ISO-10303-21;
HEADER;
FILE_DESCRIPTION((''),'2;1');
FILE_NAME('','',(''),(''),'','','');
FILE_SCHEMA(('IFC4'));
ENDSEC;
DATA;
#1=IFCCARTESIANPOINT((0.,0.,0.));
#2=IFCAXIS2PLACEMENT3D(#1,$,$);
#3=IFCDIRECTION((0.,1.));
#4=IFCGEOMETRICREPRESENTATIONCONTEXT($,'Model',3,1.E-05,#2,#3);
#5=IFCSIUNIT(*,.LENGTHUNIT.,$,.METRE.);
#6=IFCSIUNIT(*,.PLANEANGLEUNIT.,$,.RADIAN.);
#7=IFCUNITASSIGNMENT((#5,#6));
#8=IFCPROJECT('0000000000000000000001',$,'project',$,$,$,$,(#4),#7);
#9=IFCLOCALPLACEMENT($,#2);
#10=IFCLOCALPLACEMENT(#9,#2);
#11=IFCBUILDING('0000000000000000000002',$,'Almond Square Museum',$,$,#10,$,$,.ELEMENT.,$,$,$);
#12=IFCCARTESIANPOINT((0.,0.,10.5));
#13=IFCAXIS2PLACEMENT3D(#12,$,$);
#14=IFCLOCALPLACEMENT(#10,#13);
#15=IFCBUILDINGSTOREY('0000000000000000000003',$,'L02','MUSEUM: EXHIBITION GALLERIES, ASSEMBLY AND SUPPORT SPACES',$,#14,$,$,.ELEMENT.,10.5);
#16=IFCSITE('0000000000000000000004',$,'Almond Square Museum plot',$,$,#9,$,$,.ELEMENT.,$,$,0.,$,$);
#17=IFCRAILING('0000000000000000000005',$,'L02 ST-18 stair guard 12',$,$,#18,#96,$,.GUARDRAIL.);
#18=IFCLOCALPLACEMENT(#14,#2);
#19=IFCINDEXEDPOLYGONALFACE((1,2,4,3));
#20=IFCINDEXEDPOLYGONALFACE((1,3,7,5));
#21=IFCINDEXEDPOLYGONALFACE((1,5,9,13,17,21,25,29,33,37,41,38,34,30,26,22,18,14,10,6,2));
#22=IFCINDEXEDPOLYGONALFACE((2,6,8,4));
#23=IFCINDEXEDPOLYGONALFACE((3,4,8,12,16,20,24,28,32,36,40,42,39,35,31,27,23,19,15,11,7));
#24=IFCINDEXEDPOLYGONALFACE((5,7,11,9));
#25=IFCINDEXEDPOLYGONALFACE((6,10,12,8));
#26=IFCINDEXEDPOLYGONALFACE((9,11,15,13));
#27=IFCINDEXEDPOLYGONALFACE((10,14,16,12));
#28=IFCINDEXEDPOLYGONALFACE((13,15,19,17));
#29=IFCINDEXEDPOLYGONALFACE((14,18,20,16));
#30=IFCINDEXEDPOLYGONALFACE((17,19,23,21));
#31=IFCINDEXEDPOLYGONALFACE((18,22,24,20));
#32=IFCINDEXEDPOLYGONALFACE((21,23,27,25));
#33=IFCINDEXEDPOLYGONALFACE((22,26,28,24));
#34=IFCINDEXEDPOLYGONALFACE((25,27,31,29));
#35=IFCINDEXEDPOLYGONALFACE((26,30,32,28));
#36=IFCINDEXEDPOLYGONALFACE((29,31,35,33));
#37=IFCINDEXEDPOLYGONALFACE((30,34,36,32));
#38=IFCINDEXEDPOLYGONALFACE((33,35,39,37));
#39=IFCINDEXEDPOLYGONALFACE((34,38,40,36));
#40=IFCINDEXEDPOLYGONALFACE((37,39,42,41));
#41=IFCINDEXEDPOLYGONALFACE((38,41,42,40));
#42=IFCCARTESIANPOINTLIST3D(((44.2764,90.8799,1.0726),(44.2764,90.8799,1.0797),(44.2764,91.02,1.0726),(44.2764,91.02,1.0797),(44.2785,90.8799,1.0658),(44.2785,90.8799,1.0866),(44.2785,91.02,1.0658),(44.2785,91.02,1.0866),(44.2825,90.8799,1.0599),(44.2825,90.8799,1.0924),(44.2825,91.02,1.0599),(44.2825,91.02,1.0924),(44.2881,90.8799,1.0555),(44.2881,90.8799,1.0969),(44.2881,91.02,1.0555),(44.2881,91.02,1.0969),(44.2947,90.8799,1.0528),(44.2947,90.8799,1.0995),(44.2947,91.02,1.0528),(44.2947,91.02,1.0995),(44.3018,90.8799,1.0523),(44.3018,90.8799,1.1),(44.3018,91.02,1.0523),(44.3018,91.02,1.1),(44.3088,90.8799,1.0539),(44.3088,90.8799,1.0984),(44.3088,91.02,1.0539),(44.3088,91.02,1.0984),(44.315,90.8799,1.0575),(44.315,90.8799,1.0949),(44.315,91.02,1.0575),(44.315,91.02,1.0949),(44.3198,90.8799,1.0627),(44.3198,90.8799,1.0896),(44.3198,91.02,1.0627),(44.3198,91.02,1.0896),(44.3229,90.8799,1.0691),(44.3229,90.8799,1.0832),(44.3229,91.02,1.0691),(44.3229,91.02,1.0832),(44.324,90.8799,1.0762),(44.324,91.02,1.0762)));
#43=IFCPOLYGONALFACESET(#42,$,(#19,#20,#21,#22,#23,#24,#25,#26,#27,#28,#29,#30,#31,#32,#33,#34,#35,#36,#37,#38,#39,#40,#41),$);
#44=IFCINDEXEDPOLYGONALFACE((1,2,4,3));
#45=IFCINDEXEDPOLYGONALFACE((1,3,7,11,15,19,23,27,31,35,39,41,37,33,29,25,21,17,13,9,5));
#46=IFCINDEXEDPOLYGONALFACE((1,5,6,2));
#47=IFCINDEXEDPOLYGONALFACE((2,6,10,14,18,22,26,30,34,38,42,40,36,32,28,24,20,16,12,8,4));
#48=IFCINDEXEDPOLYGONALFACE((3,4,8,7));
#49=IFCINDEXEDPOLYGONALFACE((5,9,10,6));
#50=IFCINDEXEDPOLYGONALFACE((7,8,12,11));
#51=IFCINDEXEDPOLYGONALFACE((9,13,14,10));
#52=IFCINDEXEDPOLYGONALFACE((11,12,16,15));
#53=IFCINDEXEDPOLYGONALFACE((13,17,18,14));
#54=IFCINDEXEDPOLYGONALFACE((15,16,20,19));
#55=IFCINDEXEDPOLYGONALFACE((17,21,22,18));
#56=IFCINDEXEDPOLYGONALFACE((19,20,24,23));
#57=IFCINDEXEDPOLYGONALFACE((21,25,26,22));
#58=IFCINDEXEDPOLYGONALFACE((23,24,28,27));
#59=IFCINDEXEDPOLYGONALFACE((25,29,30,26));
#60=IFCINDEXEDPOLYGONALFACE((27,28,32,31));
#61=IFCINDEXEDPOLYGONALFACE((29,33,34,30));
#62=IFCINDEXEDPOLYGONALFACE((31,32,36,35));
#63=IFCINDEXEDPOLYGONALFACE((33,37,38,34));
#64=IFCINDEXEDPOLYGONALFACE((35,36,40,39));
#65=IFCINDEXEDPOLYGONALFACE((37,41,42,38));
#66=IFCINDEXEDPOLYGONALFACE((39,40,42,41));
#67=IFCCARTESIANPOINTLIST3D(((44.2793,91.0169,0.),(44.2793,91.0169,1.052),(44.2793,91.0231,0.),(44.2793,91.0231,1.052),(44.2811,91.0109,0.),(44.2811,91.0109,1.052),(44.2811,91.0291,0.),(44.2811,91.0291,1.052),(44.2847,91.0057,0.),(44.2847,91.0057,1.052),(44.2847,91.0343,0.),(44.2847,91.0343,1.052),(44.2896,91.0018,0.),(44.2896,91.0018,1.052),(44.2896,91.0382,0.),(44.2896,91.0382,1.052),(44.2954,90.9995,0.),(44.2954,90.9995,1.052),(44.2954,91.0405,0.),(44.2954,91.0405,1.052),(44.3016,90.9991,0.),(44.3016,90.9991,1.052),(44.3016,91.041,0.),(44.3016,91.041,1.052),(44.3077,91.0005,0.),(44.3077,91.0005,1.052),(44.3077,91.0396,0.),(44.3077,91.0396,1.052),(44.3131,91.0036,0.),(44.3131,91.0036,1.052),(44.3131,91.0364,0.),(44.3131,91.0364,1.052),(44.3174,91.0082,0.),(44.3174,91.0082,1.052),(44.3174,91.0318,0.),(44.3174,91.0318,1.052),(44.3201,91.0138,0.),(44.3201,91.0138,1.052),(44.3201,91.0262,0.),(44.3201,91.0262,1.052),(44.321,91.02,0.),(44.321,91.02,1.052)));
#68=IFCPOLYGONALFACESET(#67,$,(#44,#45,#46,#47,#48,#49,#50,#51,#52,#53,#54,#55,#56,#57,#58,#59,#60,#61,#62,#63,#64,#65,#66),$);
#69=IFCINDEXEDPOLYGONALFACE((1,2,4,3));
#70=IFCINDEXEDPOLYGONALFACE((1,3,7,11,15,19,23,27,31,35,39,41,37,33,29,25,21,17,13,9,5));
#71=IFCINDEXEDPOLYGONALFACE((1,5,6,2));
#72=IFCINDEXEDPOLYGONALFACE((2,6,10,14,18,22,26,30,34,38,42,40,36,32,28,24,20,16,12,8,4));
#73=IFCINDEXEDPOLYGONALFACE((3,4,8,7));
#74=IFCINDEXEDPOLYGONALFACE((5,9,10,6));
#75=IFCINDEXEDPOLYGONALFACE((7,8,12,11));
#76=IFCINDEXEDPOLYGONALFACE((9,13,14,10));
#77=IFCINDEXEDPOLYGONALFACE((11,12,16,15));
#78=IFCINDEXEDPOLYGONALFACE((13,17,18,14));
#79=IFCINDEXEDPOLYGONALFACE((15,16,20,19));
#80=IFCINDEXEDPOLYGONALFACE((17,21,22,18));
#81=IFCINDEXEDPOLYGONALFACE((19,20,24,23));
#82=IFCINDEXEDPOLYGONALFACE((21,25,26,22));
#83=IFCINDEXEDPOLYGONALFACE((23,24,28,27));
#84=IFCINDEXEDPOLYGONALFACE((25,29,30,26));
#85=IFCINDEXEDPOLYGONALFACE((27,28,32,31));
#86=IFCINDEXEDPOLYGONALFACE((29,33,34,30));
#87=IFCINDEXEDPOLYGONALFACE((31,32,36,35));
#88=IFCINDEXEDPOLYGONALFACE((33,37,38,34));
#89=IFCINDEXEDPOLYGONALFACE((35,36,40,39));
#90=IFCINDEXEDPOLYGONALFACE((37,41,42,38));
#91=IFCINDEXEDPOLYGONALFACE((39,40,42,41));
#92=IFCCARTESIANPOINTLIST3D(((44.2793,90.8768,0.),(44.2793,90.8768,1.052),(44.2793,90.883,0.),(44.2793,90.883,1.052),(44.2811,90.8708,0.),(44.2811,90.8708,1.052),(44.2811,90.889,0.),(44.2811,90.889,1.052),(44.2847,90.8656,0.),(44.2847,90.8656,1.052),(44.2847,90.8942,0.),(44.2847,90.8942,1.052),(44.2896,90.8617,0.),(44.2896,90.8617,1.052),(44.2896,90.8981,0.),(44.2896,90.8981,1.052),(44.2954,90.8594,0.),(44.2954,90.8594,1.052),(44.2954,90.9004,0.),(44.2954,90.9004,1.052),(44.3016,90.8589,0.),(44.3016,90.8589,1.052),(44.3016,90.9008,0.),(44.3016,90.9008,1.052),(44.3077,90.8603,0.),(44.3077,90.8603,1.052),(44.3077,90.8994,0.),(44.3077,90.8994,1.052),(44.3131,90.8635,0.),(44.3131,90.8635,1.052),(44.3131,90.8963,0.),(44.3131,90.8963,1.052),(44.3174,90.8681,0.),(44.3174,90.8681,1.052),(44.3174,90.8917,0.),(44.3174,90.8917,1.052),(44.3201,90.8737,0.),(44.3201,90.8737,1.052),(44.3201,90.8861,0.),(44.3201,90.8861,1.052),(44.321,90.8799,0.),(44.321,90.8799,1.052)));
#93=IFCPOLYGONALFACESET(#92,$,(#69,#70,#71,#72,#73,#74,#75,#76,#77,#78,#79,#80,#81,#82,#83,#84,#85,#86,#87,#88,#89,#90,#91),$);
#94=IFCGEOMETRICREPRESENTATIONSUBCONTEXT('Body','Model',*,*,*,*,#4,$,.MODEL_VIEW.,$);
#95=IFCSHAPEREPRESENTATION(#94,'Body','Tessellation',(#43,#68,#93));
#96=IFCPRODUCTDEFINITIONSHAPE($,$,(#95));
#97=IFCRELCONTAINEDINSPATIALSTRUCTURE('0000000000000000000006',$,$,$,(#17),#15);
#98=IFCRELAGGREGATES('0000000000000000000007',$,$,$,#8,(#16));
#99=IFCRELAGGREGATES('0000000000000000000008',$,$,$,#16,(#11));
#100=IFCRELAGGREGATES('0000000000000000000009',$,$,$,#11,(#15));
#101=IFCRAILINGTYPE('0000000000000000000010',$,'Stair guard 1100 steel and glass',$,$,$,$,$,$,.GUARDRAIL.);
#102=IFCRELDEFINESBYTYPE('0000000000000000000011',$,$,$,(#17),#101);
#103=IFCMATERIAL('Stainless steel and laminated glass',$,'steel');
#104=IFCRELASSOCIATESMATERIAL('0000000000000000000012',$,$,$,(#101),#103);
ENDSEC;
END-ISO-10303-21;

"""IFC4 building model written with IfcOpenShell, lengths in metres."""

from ifc_helpers import new_model, si_unit, direction, frame, origin, origin_2d, place, context, subcontext, project, spatial, circle, extrude, material, type_object, element, save


model = new_model("IFC4")

# Units and contexts
model_context = context("Model", 3, precision=1e-05, world=origin(), true_north=direction((0.0, 1.0)))
body_context = subcontext(model_context, "Body", "Model", "MODEL_VIEW")
ifc_project = project(units=[si_unit("LENGTHUNIT", "METRE"), si_unit("PLANEANGLEUNIT", "RADIAN")], contexts=[model_context])

# Site, building, storey
site_placement = place(None, origin())
site = spatial("IfcSite", under=ifc_project, at=site_placement, Name="Almond Square Museum plot", CompositionType="ELEMENT", RefElevation=0.0)
building_placement = place(site_placement, origin())
building = spatial("IfcBuilding", under=site, at=building_placement, Name="Almond Square Museum", CompositionType="ELEMENT")
storey_placement = place(building_placement, frame((0.0, 0.0, 10.5)))
storey = spatial("IfcBuildingStorey", under=building, at=storey_placement, Name="L02", Description="MUSEUM: EXHIBITION GALLERIES, ASSEMBLY AND SUPPORT SPACES", CompositionType="ELEMENT", Elevation=10.5)

# Railing
ifc_material_1 = material(Name="Stainless steel and laminated glass", Category="steel")
railing_type_1 = type_object("IfcRailingType", Name="Stair guard 1100 steel and glass", PredefinedType="GUARDRAIL", material=ifc_material_1)
railing_1_placement = place(storey_placement, frame((44.3, 91.02, 0.0)))
element("IfcRailing", 1, at=railing_1_placement, inside=storey, type_object=railing_type_1, Name="L02 ST-18 stair guard 12", PredefinedType="GUARDRAIL", context=body_context, shape_type="SweptSolid", body=[
    extrude(circle(Radius=0.0239, at=origin_2d()), frame((0.0, 0.0, 1.0762), z_axis=(0.0, -1.0, 0.0), x_axis=(1.0, 0.0, 0.0)), (0.0, 0.0, 1.0), 0.1401),
    extrude(circle(Radius=0.021, at=origin_2d()), origin(), (0.0, 0.0, 1.0), 1.052),
    extrude(circle(Radius=0.021, at=origin_2d()), frame((0.0, -0.1401, 0.0)), (0.0, 0.0, 1.0), 1.052),
])

save(model, "model.ifc")
